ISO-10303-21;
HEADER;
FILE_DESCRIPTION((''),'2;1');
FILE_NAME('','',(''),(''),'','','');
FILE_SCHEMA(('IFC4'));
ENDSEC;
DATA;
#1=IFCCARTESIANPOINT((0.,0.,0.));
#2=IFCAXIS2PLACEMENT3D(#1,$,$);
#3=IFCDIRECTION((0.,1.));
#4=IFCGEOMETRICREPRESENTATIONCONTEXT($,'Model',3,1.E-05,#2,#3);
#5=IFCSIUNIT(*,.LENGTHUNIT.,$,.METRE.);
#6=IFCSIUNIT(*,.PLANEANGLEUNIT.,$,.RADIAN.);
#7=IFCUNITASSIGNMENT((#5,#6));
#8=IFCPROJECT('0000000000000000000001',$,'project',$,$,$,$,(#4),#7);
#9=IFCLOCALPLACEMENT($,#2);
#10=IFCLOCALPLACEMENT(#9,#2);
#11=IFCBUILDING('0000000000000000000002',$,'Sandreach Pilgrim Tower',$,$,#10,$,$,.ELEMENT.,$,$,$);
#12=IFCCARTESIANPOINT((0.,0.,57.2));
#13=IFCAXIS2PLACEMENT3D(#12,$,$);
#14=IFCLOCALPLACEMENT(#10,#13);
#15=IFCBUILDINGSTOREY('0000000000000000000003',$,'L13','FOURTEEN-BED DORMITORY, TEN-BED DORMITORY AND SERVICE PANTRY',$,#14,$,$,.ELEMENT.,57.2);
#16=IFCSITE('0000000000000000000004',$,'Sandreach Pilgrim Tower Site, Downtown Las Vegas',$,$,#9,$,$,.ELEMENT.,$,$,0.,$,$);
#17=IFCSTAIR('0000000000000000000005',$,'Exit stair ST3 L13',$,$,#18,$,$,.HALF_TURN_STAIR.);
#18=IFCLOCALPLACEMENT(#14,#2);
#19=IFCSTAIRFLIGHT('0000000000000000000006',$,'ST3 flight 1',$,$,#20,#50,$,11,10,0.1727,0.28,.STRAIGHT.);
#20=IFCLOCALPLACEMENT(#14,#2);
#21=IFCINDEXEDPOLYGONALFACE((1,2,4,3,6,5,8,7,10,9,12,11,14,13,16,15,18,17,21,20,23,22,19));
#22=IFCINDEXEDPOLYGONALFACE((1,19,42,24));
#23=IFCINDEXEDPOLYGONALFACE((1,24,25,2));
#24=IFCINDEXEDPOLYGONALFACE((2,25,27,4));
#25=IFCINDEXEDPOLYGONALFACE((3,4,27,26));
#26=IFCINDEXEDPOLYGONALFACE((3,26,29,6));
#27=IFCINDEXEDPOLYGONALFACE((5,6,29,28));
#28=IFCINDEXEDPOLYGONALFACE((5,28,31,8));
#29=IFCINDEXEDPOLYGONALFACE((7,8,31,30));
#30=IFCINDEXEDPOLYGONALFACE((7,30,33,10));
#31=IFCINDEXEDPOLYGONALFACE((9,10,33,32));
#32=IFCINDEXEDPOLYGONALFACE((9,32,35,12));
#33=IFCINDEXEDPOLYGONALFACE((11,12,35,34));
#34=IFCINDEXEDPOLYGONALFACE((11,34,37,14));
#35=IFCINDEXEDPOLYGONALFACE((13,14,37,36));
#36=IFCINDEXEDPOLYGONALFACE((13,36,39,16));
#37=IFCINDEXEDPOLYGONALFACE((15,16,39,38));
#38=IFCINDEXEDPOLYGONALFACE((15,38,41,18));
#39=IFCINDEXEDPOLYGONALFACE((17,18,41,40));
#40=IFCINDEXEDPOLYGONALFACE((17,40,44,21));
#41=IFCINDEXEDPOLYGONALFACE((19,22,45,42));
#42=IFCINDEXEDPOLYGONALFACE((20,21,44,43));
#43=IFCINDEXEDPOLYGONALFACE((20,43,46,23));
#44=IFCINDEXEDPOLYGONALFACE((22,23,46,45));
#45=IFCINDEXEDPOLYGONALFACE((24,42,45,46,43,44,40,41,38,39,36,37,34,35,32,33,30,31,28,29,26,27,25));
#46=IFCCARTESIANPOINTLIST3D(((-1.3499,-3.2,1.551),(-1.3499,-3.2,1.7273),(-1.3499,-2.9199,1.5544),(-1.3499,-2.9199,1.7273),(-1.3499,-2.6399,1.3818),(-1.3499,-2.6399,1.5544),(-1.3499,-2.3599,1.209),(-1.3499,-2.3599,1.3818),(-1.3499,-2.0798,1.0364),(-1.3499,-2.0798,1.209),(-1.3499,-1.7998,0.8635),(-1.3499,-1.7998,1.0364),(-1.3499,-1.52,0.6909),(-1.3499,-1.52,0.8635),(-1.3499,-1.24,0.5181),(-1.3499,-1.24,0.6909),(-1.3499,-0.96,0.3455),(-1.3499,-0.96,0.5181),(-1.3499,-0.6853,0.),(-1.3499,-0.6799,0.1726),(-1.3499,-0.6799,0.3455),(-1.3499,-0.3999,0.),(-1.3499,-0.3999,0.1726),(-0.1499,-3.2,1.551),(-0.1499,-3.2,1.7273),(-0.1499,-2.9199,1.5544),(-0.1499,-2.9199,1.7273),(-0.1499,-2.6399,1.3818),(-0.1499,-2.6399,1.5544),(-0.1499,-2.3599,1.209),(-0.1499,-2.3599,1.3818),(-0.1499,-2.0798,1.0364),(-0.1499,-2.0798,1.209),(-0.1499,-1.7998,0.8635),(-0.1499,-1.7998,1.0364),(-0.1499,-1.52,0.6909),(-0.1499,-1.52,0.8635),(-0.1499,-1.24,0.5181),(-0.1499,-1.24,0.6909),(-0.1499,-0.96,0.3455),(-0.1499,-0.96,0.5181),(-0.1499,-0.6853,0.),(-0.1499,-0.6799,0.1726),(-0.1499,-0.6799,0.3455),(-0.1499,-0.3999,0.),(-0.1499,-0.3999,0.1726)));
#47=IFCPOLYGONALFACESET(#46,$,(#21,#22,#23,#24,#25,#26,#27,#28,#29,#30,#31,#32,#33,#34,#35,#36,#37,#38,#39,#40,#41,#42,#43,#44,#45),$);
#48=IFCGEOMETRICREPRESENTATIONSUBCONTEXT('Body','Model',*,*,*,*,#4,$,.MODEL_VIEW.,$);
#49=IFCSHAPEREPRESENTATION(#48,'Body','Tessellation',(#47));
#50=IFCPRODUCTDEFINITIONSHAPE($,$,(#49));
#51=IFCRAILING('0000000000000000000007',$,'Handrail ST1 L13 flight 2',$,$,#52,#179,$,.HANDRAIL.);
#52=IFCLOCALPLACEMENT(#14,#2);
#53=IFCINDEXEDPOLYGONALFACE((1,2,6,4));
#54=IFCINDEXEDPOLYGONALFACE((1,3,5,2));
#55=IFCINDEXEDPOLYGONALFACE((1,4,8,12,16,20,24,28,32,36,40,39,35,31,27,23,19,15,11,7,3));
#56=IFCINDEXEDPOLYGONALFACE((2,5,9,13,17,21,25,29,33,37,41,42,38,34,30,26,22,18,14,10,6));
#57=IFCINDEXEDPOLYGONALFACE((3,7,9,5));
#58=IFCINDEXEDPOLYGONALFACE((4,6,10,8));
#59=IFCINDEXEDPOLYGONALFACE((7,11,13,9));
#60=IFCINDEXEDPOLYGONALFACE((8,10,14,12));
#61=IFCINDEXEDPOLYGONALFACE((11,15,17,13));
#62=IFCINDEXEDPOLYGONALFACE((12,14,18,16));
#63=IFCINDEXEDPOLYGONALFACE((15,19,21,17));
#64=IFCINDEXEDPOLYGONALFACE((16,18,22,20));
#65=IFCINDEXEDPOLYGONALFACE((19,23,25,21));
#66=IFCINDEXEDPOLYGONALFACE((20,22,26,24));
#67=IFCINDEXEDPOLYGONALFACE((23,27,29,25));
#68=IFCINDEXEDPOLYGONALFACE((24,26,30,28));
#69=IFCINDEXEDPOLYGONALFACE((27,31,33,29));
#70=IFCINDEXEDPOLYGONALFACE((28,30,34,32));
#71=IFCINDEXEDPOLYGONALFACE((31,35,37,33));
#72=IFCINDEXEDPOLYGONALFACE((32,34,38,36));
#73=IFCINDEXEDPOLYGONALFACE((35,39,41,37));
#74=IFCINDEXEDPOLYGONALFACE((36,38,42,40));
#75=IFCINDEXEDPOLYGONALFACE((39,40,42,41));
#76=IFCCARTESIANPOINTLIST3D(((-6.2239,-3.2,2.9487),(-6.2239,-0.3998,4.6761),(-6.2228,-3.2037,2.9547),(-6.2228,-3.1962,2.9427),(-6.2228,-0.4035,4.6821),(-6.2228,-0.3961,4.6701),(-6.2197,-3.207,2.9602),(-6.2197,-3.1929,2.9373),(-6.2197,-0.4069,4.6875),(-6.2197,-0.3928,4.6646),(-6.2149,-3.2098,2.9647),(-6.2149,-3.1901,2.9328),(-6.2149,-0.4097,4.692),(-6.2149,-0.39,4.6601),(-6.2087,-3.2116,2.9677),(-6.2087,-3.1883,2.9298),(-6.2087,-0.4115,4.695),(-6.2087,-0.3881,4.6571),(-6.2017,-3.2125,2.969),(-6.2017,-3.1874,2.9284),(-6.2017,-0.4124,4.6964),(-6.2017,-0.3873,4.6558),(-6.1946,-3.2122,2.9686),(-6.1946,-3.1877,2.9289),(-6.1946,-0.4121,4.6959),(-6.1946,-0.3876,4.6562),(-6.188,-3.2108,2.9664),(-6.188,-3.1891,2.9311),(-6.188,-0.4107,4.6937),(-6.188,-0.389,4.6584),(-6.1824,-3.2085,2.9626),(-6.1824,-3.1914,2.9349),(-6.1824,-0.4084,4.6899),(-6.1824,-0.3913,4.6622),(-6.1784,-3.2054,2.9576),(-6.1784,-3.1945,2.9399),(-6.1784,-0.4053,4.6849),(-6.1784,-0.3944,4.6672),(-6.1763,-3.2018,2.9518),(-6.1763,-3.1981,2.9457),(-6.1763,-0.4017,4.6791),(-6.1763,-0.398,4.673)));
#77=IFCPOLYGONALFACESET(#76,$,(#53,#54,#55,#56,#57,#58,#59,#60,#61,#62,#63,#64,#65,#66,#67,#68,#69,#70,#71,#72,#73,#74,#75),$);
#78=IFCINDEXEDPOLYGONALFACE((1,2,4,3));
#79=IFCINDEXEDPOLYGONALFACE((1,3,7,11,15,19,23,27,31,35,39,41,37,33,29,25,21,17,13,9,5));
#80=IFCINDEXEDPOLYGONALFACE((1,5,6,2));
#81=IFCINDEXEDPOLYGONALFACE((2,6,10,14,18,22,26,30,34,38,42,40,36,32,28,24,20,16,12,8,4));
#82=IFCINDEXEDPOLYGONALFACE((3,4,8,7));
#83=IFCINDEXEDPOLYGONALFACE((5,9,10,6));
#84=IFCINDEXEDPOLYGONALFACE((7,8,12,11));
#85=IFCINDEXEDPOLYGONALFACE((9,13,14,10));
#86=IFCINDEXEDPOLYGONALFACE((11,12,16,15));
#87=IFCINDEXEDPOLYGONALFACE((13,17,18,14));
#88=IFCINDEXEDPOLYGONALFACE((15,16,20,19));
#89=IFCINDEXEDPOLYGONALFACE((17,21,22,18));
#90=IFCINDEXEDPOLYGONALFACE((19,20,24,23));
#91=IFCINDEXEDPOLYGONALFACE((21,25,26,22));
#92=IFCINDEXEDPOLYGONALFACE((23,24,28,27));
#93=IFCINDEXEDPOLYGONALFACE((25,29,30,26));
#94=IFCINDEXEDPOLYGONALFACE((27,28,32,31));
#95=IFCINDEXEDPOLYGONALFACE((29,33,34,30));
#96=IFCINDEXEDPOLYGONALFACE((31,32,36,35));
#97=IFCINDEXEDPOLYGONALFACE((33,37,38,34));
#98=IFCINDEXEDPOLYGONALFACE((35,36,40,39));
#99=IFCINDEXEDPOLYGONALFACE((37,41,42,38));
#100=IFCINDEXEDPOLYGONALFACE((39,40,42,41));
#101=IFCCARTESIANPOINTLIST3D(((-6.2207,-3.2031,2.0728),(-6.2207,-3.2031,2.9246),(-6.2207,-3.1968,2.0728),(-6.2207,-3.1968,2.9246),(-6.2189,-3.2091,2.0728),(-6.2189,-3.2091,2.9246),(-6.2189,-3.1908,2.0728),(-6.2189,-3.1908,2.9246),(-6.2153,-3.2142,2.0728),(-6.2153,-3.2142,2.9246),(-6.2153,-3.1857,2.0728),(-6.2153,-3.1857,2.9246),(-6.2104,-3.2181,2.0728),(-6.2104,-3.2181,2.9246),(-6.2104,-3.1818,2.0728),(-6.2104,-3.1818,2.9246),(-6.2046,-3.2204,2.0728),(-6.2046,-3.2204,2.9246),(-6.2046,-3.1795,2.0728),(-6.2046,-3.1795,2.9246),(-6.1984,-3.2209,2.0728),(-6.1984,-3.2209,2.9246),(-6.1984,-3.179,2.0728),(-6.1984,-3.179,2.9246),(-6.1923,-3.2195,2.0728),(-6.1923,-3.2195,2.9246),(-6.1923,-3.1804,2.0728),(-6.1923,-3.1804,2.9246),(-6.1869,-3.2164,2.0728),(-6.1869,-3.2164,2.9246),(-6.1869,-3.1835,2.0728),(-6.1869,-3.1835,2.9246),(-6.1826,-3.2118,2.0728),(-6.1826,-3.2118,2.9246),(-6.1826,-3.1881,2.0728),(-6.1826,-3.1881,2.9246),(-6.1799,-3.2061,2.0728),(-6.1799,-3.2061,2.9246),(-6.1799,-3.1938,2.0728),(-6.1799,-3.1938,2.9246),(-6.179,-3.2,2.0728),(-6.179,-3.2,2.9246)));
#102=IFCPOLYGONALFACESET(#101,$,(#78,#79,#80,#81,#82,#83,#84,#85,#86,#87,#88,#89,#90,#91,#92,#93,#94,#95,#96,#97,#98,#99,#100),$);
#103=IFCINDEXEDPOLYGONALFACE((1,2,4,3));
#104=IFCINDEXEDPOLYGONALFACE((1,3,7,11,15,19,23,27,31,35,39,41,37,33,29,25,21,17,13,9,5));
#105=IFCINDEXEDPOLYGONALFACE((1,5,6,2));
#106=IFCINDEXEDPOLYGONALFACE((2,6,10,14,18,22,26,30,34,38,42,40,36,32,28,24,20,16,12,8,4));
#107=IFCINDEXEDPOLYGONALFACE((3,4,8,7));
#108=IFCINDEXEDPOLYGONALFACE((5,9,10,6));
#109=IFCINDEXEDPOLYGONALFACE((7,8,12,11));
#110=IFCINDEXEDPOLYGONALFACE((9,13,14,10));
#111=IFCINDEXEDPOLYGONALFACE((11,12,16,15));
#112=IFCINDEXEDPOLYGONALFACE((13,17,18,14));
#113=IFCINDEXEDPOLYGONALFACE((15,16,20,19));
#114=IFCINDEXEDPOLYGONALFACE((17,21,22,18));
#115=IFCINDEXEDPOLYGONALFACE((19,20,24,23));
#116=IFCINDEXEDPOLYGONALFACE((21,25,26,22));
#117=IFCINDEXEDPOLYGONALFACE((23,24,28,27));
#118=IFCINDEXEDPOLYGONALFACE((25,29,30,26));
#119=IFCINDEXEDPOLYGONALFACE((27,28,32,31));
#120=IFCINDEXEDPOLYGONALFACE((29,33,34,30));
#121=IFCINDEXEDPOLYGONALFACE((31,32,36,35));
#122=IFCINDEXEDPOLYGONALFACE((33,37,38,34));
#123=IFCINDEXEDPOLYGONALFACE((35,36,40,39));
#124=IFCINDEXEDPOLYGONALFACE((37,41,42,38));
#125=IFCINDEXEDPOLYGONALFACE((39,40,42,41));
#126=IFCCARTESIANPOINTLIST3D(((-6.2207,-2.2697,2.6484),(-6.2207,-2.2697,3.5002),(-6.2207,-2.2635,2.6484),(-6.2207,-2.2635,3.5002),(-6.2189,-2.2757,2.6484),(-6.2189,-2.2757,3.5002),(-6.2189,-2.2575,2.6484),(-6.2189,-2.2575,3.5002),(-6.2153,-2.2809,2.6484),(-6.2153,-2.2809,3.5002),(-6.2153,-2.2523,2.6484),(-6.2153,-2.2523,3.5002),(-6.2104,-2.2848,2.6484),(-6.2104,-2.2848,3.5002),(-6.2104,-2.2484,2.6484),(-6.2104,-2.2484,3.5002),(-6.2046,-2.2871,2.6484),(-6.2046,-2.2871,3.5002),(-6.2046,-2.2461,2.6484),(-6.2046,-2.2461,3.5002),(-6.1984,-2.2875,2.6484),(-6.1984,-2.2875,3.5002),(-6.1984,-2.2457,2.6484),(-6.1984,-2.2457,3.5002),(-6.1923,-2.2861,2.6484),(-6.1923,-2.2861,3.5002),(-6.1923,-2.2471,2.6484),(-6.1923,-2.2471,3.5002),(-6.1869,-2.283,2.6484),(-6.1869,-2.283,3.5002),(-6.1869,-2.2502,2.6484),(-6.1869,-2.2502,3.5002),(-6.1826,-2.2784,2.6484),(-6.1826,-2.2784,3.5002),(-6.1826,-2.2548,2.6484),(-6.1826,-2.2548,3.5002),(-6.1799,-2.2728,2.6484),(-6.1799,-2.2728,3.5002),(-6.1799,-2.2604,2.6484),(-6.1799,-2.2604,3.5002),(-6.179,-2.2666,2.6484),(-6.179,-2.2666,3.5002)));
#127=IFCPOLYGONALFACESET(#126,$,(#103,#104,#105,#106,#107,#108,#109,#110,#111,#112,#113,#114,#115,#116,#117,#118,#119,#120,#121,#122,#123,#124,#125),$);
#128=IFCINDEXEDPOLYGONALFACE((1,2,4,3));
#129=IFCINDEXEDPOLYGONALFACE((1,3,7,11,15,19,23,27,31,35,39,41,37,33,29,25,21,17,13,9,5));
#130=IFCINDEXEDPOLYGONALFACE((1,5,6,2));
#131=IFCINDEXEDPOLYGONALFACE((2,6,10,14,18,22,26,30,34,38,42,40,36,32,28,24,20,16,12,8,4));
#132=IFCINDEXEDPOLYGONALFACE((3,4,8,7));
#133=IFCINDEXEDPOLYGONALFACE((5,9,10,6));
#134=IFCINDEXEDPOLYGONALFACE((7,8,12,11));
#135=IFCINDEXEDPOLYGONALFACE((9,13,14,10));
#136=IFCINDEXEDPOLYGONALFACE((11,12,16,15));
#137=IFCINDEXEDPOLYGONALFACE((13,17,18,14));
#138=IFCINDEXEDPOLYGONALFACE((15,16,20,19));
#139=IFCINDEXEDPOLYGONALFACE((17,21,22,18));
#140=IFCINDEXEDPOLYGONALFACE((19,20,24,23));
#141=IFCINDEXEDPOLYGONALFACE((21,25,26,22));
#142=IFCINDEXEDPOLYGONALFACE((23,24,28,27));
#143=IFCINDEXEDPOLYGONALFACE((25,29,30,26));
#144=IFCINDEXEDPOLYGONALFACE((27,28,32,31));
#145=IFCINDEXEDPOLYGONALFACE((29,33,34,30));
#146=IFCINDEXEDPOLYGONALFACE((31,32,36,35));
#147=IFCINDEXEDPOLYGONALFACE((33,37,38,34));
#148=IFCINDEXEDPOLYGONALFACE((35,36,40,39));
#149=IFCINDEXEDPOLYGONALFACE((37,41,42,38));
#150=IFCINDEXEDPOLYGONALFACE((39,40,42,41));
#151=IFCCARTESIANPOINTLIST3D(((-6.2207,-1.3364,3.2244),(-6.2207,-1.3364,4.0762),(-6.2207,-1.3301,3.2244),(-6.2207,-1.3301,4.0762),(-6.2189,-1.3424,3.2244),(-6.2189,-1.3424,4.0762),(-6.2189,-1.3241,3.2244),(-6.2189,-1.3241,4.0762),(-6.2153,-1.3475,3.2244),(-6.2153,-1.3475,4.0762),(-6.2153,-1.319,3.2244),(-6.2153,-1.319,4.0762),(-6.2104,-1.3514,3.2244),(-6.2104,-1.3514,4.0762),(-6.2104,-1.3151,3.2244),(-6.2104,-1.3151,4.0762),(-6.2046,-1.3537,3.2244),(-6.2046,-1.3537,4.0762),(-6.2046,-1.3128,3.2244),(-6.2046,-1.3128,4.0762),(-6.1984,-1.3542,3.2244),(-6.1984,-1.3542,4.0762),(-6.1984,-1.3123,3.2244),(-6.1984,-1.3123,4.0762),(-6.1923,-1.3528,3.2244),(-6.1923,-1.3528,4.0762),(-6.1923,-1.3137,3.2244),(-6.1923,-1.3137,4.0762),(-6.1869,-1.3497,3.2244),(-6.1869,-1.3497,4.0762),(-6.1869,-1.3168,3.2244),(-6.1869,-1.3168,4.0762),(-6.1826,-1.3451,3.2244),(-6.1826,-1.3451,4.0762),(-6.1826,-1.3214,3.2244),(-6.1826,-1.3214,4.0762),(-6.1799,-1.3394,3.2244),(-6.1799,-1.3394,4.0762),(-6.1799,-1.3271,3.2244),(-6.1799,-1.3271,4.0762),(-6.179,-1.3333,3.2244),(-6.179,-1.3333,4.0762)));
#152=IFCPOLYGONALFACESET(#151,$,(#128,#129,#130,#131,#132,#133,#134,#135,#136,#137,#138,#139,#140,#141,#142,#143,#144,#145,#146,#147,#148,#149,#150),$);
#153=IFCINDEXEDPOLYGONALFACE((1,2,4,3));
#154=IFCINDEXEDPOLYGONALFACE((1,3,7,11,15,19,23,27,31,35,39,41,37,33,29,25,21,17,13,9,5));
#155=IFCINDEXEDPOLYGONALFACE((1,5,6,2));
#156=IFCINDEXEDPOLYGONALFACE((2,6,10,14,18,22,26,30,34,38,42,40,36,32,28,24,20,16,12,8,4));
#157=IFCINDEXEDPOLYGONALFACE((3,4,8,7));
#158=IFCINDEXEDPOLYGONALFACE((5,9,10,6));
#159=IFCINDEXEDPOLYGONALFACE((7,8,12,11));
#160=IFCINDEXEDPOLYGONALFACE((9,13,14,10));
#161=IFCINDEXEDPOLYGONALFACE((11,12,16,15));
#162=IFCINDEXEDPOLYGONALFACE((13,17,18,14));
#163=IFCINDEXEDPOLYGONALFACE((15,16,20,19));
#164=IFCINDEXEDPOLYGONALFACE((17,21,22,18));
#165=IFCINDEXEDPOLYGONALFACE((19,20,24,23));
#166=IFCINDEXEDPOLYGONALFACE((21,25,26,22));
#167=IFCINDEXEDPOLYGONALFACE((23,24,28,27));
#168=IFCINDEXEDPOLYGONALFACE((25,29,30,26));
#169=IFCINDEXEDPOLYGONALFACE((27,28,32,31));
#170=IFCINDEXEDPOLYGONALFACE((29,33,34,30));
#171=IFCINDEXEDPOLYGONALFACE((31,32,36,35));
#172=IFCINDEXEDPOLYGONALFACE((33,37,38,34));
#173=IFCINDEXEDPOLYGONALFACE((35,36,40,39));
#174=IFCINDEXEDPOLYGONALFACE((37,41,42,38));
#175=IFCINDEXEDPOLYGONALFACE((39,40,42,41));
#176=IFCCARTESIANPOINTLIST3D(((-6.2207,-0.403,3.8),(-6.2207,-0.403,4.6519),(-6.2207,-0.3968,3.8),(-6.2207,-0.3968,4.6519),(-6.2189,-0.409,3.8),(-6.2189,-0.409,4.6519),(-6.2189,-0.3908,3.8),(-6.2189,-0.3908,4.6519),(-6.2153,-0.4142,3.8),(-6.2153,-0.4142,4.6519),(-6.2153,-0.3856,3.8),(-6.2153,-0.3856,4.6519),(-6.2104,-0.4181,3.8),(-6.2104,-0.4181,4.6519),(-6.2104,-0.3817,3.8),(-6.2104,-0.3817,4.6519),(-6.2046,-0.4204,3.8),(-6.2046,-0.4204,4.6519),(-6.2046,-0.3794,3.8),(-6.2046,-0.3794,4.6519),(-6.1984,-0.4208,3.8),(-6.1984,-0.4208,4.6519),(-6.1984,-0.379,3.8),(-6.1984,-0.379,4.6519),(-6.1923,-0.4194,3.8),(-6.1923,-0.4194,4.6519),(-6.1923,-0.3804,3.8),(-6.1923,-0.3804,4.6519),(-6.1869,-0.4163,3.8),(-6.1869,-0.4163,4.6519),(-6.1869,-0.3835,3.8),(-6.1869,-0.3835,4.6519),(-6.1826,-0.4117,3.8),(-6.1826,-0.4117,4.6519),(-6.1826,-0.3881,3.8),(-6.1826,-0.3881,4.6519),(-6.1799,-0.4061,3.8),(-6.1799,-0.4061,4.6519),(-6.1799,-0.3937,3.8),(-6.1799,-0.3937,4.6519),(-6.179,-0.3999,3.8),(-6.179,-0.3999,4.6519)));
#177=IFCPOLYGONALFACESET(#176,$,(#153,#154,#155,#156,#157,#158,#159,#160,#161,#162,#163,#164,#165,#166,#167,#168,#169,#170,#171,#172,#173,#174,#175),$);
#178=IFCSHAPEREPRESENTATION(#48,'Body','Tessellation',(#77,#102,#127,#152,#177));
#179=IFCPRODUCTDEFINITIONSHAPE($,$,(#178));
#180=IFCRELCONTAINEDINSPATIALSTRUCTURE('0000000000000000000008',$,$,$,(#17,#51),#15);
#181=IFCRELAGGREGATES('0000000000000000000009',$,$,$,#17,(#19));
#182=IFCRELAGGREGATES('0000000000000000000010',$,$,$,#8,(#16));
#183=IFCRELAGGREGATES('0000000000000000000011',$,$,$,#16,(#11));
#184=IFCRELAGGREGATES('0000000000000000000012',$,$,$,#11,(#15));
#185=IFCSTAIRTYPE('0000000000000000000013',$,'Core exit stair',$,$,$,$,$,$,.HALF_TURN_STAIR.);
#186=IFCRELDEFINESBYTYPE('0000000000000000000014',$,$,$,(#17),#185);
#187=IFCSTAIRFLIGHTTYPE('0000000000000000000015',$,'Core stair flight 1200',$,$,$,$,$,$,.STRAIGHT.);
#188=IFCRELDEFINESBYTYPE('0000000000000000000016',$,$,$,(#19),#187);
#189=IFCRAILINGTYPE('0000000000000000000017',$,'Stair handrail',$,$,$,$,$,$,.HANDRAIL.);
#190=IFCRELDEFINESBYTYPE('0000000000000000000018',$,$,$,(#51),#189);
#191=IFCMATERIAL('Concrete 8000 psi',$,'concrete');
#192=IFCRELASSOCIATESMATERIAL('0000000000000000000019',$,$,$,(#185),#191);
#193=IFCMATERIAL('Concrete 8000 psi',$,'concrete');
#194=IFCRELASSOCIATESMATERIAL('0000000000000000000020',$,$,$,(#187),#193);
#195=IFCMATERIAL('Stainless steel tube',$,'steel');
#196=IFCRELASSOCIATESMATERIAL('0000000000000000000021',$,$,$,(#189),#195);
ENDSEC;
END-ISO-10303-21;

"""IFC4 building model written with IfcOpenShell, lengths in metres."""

from ifc_helpers import new_model, si_unit, direction, frame, origin, origin_2d, place, context, subcontext, project, spatial, polyline, circle, outline, extrude, material, type_object, element, aggregate, save


model = new_model("IFC4")

# Units and contexts
model_context = context("Model", 3, precision=1e-05, world=origin(), true_north=direction((0.0, 1.0)))
body_context = subcontext(model_context, "Body", "Model", "MODEL_VIEW")
ifc_project = project(units=[si_unit("LENGTHUNIT", "METRE"), si_unit("PLANEANGLEUNIT", "RADIAN")], contexts=[model_context])

# Site, building, storey
site_placement = place(None, origin())
site = spatial("IfcSite", under=ifc_project, at=site_placement, Name="Sandreach Pilgrim Tower Site, Downtown Las Vegas", CompositionType="ELEMENT", RefElevation=0.0)
building_placement = place(site_placement, origin())
building = spatial("IfcBuilding", under=site, at=building_placement, Name="Sandreach Pilgrim Tower", CompositionType="ELEMENT")
storey_placement = place(building_placement, frame((0.0, 0.0, 57.2)))
storey = spatial("IfcBuildingStorey", under=building, at=storey_placement, Name="L13", Description="FOURTEEN-BED DORMITORY, TEN-BED DORMITORY AND SERVICE PANTRY", CompositionType="ELEMENT", Elevation=57.2)

# Stair, stair flight
ifc_material_1 = material(Name="Concrete 8000 psi", Category="concrete")
stair_type = type_object("IfcStairType", Name="Core exit stair", PredefinedType="HALF_TURN_STAIR", material=ifc_material_1)
ifc_material_2 = material(Name="Concrete 8000 psi", Category="concrete")
stair_flight_type = type_object("IfcStairFlightType", Name="Core stair flight 1200", PredefinedType="STRAIGHT", material=ifc_material_2)
stair_1_placement = place(storey_placement, origin())
stair_1 = element("IfcStair", 1, at=stair_1_placement, inside=storey, type_object=stair_type, Name="Exit stair ST3 L13", PredefinedType="HALF_TURN_STAIR")
stair_flight_1_placement = place(storey_placement, frame((-0.75, -0.3999, 0.0), z_axis=(0.0, 0.0, 1.0), x_axis=(0.0, -1.0, 0.0)))
stair_flight_1 = element("IfcStairFlight", 2, at=stair_flight_1_placement, type_object=stair_flight_type, Name="ST3 flight 1", NumberOfRisers=11, NumberOfTreads=10, PredefinedType="STRAIGHT", RiserHeight=0.1727, TreadLength=0.28, context=body_context, shape_type="SweptSolid", body=[
    extrude(outline(polyline([(0.0, 0.0), (0.0, 0.1726), (0.28, 0.1726), (0.28, 0.3455), (0.5601, 0.3455), (0.5601, 0.5181), (0.8401, 0.5181), (0.8401, 0.6909), (1.1201, 0.6909), (1.1201, 0.8635), (1.3999, 0.8635), (1.3999, 1.0364), (1.6799, 1.0364), (1.6799, 1.209), (1.96, 1.209), (1.96, 1.3818), (2.24, 1.3818), (2.24, 1.5544), (2.52, 1.5544), (2.52, 1.7273), (2.8, 1.7273), (2.8, 1.8999), (2.8, 1.551), (0.2854, 0.0), (0.0, 0.0)])), frame((0.0, 0.6001, 0.0), z_axis=(0.0, -1.0, 0.0), x_axis=(1.0, 0.0, 0.0)), (0.0, 0.0, 1.0), 1.2),
])
aggregate(stair_1, [stair_flight_1])

# Railing
ifc_material_3 = material(Name="Stainless steel tube", Category="steel")
railing_type = type_object("IfcRailingType", Name="Stair handrail", PredefinedType="HANDRAIL", material=ifc_material_3)
for number, where, name in (
    (3, (-6.2, -3.2, 2.0728), "Handrail ST1 L13 flight 2"),
):
    element("IfcRailing", number, at=place(storey_placement, frame(where)), inside=storey, type_object=railing_type, Name=name, PredefinedType="HANDRAIL", context=body_context, shape_type="SweptSolid", body=[
        extrude(circle(Radius=0.0239, at=origin_2d()), frame((0.0, 0.0, 0.876), z_axis=(0.0, 0.85109, 0.52502), x_axis=(-1.0, 0.0, 0.0)), (0.0, 0.0, 1.0), 3.29),
        extrude(circle(Radius=0.021, at=origin_2d()), origin(), (0.0, 0.0, 1.0), 0.8518),
        extrude(circle(Radius=0.021, at=origin_2d()), frame((0.0, 0.9333, 0.5757)), (0.0, 0.0, 1.0), 0.8518),
        extrude(circle(Radius=0.021, at=origin_2d()), frame((0.0, 1.8667, 1.1516)), (0.0, 0.0, 1.0), 0.8518),
        extrude(circle(Radius=0.021, at=origin_2d()), frame((0.0, 2.8, 1.7273)), (0.0, 0.0, 1.0), 0.8518),
    ])

save(model, "model.ifc")
